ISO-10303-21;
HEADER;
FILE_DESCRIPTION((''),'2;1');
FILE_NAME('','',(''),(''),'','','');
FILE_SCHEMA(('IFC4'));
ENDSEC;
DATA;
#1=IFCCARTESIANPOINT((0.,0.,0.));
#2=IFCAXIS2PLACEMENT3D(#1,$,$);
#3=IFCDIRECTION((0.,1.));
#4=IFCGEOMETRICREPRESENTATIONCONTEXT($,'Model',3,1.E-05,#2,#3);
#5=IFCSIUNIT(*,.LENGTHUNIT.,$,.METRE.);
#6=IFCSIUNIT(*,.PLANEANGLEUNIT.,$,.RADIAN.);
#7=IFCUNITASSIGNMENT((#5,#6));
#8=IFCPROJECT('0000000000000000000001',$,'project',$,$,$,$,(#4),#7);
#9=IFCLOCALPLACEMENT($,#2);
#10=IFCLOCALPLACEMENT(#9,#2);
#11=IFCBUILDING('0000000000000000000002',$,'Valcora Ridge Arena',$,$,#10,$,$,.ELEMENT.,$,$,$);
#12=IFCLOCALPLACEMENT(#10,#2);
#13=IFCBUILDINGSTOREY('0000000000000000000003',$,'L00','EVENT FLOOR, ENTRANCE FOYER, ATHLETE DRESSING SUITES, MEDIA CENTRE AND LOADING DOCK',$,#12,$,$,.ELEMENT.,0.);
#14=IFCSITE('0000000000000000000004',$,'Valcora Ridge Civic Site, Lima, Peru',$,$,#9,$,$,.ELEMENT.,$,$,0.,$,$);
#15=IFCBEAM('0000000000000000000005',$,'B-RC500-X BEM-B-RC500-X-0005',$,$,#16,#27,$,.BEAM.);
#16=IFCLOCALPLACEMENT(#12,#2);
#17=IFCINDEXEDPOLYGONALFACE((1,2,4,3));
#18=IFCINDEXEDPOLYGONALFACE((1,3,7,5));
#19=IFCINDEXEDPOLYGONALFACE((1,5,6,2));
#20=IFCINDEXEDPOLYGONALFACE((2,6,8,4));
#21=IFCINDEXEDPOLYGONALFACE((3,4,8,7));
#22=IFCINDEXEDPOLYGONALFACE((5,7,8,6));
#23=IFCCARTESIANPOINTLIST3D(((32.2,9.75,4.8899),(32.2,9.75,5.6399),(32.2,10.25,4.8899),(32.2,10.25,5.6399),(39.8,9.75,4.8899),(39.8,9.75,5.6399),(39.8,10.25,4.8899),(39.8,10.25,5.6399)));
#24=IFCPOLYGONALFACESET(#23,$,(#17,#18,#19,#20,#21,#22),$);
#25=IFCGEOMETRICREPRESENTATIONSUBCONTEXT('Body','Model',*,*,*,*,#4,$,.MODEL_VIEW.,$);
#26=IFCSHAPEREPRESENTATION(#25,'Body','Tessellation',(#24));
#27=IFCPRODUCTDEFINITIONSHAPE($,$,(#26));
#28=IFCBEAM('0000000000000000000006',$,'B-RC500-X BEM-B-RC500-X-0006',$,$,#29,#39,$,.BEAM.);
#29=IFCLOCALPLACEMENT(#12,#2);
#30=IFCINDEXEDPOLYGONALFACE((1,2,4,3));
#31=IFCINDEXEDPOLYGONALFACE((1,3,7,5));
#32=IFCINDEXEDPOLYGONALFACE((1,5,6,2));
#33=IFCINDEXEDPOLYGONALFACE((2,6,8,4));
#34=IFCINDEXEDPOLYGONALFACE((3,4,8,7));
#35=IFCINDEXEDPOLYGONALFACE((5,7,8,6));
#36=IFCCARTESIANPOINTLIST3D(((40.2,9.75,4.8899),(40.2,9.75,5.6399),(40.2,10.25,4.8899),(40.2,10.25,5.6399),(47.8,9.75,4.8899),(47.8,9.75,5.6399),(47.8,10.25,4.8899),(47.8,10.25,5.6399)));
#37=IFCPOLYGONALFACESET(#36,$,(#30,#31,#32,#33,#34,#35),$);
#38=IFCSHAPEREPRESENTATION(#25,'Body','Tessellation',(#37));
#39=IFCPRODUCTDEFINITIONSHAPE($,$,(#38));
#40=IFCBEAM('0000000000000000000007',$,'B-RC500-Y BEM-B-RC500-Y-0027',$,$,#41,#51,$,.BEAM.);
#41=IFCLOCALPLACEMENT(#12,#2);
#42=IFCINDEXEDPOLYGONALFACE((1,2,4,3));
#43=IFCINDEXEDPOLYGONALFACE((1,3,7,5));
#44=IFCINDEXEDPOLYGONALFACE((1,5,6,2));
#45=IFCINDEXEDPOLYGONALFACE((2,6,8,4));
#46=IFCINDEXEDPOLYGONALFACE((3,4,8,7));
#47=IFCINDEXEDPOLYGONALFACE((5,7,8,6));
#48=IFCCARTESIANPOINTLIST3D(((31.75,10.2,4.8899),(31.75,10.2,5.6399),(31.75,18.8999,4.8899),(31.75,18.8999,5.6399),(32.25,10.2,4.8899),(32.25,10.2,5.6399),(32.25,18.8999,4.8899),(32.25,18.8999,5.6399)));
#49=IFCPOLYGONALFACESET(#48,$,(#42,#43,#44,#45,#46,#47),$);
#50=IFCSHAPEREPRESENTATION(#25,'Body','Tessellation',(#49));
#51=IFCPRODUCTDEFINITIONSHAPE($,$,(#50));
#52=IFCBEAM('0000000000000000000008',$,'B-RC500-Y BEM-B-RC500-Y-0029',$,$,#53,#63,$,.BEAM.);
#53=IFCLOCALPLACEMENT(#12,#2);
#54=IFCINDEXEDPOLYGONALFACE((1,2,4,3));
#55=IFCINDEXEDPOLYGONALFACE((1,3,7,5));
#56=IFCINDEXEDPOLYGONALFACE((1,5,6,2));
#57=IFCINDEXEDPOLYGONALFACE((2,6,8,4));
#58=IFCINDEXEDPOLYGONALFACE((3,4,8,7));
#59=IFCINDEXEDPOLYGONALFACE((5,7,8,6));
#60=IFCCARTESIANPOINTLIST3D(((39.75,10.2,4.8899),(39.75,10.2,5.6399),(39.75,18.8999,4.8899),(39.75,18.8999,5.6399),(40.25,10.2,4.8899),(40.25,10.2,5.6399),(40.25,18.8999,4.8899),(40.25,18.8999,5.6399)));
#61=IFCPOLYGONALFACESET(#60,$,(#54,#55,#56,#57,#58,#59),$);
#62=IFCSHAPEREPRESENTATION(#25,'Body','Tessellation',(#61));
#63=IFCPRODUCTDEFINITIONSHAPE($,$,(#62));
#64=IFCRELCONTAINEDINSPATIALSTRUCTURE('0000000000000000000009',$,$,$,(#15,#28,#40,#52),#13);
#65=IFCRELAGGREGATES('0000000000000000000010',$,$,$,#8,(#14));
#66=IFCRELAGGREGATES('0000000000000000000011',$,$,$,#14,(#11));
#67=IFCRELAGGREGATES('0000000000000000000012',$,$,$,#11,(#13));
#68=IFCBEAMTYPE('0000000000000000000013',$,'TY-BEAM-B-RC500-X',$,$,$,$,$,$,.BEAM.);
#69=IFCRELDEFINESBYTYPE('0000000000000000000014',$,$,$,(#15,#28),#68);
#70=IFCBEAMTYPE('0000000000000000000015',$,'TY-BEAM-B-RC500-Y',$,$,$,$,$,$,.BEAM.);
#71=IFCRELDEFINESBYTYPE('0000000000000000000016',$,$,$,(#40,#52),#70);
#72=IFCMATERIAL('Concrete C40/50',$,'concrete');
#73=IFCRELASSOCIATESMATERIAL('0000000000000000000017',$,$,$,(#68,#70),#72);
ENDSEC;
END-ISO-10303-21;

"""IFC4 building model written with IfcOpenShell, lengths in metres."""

from ifc_helpers import new_model, si_unit, direction, frame, origin, origin_2d, place, context, subcontext, project, spatial, rectangle, extrude, material, material_profile, profile_set, type_object, element, save


model = new_model("IFC4")

# Units and contexts
model_context = context("Model", 3, precision=1e-05, world=origin(), true_north=direction((0.0, 1.0)))
body_context = subcontext(model_context, "Body", "Model", "MODEL_VIEW")
ifc_project = project(units=[si_unit("LENGTHUNIT", "METRE"), si_unit("PLANEANGLEUNIT", "RADIAN")], contexts=[model_context])

# Site, building, storey
site_placement = place(None, origin())
site = spatial("IfcSite", under=ifc_project, at=site_placement, Name="Valcora Ridge Civic Site, Lima, Peru", CompositionType="ELEMENT", RefElevation=0.0)
building_placement = place(site_placement, origin())
building = spatial("IfcBuilding", under=site, at=building_placement, Name="Valcora Ridge Arena", CompositionType="ELEMENT")
storey_placement = place(building_placement, origin())
storey = spatial("IfcBuildingStorey", under=building, at=storey_placement, Name="L00", Description="EVENT FLOOR, ENTRANCE FOYER, ATHLETE DRESSING SUITES, MEDIA CENTRE AND LOADING DOCK", CompositionType="ELEMENT", Elevation=0.0)

# Shared definitions
ifc_material_1 = material(Name="Concrete C40/50", Category="concrete")

# Beams
ifc_material_profile_1 = material_profile(ifc_material_1, rectangle(XDim=0.5, YDim=0.75, at=origin_2d()), Name="RC 500x750")
ifc_profile_set_1 = profile_set([ifc_material_profile_1], Name="Concrete C40/50")
beam_type_1 = type_object("IfcBeamType", Name="TY-BEAM-B-RC500-X", PredefinedType="BEAM", material=ifc_profile_set_1)
for number, where, z_axis, x_axis, name in (
    (1, (32.2, 10.0, 5.2649), (1.0, 0.0, 0.0), (0.0, 1.0, 0.0), "B-RC500-X BEM-B-RC500-X-0005"),
    (2, (40.2, 10.0, 5.2649), (1.0, 0.0, 0.0), (0.0, 1.0, 0.0), "B-RC500-X BEM-B-RC500-X-0006"),
):
    element("IfcBeam", number, at=place(storey_placement, frame(where, z_axis=z_axis, x_axis=x_axis)), inside=storey, type_object=beam_type_1, Name=name, PredefinedType="BEAM", context=body_context, shape_type="SweptSolid", body=[
        extrude(rectangle(XDim=0.5, YDim=0.75, at=origin_2d()), origin(), (0.0, 0.0, 1.0), 7.6001),
    ])
ifc_material_profile_2 = material_profile(ifc_material_1, rectangle(XDim=0.5, YDim=0.75, at=origin_2d()), Name="RC 500x750")
ifc_profile_set_2 = profile_set([ifc_material_profile_2], Name="Concrete C40/50")
beam_type_2 = type_object("IfcBeamType", Name="TY-BEAM-B-RC500-Y", PredefinedType="BEAM", material=ifc_profile_set_2)
for number, where, z_axis, x_axis, name in (
    (3, (32.0, 10.2, 5.2649), (0.0, 1.0, 0.0), (-1.0, 0.0, 0.0), "B-RC500-Y BEM-B-RC500-Y-0027"),
    (4, (40.0, 10.2, 5.2649), (0.0, 1.0, 0.0), (-1.0, 0.0, 0.0), "B-RC500-Y BEM-B-RC500-Y-0029"),
):
    element("IfcBeam", number, at=place(storey_placement, frame(where, z_axis=z_axis, x_axis=x_axis)), inside=storey, type_object=beam_type_2, Name=name, PredefinedType="BEAM", context=body_context, shape_type="SweptSolid", body=[
        extrude(rectangle(XDim=0.5, YDim=0.75, at=origin_2d()), origin(), (0.0, 0.0, 1.0), 8.7),
    ])

save(model, "model.ifc")
